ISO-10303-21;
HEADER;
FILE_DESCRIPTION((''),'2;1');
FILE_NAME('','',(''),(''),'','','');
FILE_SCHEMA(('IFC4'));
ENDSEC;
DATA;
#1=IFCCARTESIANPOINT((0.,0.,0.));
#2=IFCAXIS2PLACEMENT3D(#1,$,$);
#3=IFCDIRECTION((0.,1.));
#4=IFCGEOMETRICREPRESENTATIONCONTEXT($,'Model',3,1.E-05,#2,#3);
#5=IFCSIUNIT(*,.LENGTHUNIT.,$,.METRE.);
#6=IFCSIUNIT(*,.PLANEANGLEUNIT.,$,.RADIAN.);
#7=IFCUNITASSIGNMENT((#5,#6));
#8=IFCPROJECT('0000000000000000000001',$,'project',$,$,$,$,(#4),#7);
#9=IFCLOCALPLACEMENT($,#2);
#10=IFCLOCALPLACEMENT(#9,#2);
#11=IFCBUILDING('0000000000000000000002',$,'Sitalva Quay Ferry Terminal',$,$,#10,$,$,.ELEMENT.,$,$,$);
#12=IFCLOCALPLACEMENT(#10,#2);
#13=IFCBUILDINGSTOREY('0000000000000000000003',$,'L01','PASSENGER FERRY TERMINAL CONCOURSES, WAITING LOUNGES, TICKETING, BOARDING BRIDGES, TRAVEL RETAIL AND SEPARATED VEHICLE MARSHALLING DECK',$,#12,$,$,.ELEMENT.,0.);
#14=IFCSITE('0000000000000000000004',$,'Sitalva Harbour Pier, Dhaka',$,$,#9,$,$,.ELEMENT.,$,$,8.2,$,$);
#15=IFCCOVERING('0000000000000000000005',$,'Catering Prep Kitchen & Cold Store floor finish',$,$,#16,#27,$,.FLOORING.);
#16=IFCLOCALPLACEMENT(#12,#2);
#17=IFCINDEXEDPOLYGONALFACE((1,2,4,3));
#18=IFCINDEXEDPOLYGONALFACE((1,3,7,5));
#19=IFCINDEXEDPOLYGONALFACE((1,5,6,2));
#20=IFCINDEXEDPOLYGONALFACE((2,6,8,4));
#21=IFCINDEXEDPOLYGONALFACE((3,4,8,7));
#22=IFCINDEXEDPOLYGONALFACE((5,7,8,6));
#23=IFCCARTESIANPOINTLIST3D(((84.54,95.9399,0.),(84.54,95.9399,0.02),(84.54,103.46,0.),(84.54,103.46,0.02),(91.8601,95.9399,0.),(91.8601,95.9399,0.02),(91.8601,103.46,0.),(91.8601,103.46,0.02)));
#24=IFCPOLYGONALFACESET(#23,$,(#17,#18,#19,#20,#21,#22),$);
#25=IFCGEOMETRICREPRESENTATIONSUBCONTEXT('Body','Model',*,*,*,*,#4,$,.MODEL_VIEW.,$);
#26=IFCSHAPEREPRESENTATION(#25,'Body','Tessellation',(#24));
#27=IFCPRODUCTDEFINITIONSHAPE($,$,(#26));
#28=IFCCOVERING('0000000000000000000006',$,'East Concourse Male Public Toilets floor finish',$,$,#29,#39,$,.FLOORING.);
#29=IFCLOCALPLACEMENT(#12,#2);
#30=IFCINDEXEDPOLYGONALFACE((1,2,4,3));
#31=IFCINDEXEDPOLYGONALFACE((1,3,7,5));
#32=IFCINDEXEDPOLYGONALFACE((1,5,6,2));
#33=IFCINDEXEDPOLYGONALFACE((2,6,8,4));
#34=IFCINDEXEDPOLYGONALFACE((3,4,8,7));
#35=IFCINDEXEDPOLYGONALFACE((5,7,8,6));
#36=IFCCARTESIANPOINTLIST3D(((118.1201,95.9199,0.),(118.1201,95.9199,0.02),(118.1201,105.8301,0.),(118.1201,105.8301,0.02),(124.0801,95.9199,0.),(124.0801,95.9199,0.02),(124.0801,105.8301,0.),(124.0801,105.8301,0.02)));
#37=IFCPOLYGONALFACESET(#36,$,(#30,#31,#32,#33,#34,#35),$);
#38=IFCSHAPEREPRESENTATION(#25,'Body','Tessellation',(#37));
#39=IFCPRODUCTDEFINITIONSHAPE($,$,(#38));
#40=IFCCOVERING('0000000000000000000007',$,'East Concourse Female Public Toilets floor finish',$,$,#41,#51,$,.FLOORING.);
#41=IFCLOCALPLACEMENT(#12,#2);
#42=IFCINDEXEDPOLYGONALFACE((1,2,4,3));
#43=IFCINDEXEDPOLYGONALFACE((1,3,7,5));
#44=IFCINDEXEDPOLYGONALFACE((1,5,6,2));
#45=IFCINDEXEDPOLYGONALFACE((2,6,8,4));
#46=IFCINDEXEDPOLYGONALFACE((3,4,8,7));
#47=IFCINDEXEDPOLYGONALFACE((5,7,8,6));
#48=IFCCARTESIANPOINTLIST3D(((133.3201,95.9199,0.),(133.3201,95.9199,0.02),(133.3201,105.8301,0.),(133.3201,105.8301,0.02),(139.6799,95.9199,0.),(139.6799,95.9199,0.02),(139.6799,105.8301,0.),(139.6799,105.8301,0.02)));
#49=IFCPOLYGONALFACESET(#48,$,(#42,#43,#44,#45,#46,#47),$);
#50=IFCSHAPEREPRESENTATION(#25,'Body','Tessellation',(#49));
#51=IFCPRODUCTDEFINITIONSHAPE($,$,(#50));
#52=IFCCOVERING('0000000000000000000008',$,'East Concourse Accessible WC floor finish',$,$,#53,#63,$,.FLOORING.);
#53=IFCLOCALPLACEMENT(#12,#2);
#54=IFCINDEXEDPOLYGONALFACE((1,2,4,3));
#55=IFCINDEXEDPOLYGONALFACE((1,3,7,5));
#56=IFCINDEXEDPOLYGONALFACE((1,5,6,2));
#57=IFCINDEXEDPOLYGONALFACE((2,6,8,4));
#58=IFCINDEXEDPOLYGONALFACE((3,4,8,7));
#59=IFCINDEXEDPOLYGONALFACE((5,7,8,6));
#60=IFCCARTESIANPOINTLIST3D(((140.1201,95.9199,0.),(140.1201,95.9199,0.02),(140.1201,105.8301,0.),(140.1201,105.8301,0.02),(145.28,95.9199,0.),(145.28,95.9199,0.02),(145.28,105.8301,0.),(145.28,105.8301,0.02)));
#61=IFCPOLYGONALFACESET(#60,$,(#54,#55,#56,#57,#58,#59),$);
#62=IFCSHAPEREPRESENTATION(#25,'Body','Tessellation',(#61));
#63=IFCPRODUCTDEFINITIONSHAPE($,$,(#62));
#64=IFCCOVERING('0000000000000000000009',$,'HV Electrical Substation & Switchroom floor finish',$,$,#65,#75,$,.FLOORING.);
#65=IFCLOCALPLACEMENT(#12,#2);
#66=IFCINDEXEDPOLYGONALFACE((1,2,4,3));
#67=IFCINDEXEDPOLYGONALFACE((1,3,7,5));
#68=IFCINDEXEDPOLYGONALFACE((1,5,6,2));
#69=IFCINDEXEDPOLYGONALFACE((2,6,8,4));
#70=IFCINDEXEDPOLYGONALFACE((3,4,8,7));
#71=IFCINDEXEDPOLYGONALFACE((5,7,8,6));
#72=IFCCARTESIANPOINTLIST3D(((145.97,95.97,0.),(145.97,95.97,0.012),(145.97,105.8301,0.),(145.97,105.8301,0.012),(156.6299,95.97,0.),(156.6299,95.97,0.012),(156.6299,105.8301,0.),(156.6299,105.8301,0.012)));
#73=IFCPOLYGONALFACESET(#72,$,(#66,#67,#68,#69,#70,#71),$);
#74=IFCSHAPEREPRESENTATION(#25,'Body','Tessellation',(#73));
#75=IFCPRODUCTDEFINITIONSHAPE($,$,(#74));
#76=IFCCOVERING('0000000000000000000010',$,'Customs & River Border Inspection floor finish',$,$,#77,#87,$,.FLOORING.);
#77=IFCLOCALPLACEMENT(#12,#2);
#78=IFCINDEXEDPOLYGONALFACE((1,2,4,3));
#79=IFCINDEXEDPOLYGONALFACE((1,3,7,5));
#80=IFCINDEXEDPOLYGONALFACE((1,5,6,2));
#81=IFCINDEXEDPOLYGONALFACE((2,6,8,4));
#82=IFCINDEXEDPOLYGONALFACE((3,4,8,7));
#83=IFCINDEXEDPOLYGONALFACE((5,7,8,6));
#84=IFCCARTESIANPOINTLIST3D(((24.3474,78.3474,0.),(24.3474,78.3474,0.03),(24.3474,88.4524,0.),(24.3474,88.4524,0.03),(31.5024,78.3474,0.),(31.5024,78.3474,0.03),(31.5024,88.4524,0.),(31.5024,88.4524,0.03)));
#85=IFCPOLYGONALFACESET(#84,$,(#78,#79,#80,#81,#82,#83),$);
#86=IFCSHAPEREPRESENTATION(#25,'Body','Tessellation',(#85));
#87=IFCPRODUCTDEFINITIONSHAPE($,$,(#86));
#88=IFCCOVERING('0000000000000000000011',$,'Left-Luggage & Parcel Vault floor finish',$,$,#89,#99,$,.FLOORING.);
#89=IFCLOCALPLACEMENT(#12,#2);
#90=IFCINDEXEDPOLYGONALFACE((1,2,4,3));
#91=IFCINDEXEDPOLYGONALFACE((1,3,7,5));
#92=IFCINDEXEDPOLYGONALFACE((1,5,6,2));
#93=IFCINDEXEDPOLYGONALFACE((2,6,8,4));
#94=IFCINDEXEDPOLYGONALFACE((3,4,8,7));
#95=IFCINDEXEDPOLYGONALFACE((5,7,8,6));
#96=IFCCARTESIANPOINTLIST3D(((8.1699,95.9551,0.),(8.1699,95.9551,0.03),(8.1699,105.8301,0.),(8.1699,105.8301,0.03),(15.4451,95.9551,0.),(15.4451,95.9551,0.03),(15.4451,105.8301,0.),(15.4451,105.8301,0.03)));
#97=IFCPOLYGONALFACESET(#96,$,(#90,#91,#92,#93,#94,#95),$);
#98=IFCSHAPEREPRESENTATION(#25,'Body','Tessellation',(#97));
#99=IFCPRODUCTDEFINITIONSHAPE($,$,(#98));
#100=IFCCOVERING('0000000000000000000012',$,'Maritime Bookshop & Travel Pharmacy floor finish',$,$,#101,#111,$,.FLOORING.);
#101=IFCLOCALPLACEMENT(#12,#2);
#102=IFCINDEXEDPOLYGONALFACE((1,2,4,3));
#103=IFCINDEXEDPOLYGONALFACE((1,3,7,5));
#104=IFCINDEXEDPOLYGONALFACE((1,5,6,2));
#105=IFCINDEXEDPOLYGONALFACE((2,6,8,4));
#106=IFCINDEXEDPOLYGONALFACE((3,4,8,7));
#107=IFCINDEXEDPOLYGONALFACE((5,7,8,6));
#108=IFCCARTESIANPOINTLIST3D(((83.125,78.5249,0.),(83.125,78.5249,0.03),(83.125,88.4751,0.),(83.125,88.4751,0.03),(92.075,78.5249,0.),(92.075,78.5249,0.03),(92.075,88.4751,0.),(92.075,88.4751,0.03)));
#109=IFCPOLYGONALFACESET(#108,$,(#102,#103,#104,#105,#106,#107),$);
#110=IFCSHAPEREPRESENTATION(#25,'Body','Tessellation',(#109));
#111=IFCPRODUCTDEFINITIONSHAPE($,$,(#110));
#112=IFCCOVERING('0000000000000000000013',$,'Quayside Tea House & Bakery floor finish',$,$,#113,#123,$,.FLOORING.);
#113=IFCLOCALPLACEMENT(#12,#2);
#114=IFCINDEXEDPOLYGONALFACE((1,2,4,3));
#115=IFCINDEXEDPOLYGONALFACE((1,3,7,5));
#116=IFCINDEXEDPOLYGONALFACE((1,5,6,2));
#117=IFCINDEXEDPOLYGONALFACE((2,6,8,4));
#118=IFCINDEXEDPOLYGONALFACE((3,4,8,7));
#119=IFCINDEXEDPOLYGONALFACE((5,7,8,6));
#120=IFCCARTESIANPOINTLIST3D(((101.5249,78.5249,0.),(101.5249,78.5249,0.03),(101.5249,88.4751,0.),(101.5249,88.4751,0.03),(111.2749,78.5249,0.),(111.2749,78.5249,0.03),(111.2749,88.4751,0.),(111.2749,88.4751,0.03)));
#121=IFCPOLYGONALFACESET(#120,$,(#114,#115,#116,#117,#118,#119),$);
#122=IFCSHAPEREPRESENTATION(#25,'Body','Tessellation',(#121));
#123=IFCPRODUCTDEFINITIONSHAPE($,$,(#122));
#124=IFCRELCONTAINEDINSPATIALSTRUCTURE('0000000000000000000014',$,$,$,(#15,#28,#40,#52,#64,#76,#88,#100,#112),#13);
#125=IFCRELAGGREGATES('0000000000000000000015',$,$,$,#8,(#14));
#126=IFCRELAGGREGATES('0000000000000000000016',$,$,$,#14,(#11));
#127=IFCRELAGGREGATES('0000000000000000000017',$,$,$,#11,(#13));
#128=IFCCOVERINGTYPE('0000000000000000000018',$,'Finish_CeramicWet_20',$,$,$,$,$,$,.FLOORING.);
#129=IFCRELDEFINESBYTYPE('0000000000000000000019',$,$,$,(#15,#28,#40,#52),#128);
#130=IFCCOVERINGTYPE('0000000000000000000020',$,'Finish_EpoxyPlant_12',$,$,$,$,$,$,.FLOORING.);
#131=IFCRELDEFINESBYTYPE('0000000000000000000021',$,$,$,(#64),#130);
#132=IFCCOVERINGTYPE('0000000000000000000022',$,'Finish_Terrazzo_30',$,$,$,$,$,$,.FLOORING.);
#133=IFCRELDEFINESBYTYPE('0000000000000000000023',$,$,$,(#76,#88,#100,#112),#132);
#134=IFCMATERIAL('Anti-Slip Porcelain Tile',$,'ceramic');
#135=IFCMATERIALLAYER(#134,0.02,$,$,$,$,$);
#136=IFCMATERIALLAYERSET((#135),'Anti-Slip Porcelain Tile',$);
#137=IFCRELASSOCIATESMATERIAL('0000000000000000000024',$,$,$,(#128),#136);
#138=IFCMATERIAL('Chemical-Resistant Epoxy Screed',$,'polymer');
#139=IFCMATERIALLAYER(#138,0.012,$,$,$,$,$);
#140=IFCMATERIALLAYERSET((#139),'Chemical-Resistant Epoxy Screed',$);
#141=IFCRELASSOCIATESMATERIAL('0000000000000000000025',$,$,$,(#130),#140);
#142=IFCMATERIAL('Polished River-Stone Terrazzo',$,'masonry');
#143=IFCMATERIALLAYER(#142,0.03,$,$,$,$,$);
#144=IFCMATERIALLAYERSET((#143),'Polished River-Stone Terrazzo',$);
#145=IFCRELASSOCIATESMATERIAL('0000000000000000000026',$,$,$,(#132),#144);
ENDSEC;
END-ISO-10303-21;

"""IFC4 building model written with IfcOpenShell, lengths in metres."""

from ifc_helpers import new_model, si_unit, direction, origin, place, context, subcontext, project, spatial, polyline, outline, extrude, material, layer, layer_set, type_object, element, save


model = new_model("IFC4")

# Units and contexts
model_context = context("Model", 3, precision=1e-05, world=origin(), true_north=direction((0.0, 1.0)))
body_context = subcontext(model_context, "Body", "Model", "MODEL_VIEW")
ifc_project = project(units=[si_unit("LENGTHUNIT", "METRE"), si_unit("PLANEANGLEUNIT", "RADIAN")], contexts=[model_context])

# Site, building, storey
site_placement = place(None, origin())
site = spatial("IfcSite", under=ifc_project, at=site_placement, Name="Sitalva Harbour Pier, Dhaka", CompositionType="ELEMENT", RefElevation=8.2)
building_placement = place(site_placement, origin())
building = spatial("IfcBuilding", under=site, at=building_placement, Name="Sitalva Quay Ferry Terminal", CompositionType="ELEMENT")
storey_placement = place(building_placement, origin())
storey = spatial("IfcBuildingStorey", under=building, at=storey_placement, Name="L01", Description="PASSENGER FERRY TERMINAL CONCOURSES, WAITING LOUNGES, TICKETING, BOARDING BRIDGES, TRAVEL RETAIL AND SEPARATED VEHICLE MARSHALLING DECK", CompositionType="ELEMENT", Elevation=0.0)

# Coverings
ifc_material_1 = material(Name="Anti-Slip Porcelain Tile", Category="ceramic")
ifc_layer_1 = layer(ifc_material_1, 0.02)
ifc_layer_set_1 = layer_set([ifc_layer_1], Name="Anti-Slip Porcelain Tile")
covering_type_1 = type_object("IfcCoveringType", Name="Finish_CeramicWet_20", PredefinedType="FLOORING", material=ifc_layer_set_1)
covering_1_placement = place(storey_placement, origin())
element("IfcCovering", 1, at=covering_1_placement, inside=storey, type_object=covering_type_1, Name="Catering Prep Kitchen & Cold Store floor finish", PredefinedType="FLOORING", context=body_context, shape_type="SweptSolid", body=[
    extrude(outline(polyline([(84.54, 95.9399), (91.8601, 95.9399), (91.8601, 103.46), (84.54, 103.46), (84.54, 95.9399)])), origin(), (0.0, 0.0, 1.0), 0.02),
])
covering_2_placement = place(storey_placement, origin())
element("IfcCovering", 2, at=covering_2_placement, inside=storey, type_object=covering_type_1, Name="East Concourse Male Public Toilets floor finish", PredefinedType="FLOORING", context=body_context, shape_type="SweptSolid", body=[
    extrude(outline(polyline([(118.1201, 95.9199), (124.0801, 95.9199), (124.0801, 105.8301), (118.1201, 105.8301), (118.1201, 95.9199)])), origin(), (0.0, 0.0, 1.0), 0.02),
])
covering_3_placement = place(storey_placement, origin())
element("IfcCovering", 3, at=covering_3_placement, inside=storey, type_object=covering_type_1, Name="East Concourse Female Public Toilets floor finish", PredefinedType="FLOORING", context=body_context, shape_type="SweptSolid", body=[
    extrude(outline(polyline([(133.3201, 95.9199), (139.6799, 95.9199), (139.6799, 105.8301), (133.3201, 105.8301), (133.3201, 95.9199)])), origin(), (0.0, 0.0, 1.0), 0.02),
])
covering_4_placement = place(storey_placement, origin())
element("IfcCovering", 4, at=covering_4_placement, inside=storey, type_object=covering_type_1, Name="East Concourse Accessible WC floor finish", PredefinedType="FLOORING", context=body_context, shape_type="SweptSolid", body=[
    extrude(outline(polyline([(140.1201, 95.9199), (145.28, 95.9199), (145.28, 105.8301), (140.1201, 105.8301), (140.1201, 95.9199)])), origin(), (0.0, 0.0, 1.0), 0.02),
])
ifc_material_2 = material(Name="Chemical-Resistant Epoxy Screed", Category="polymer")
ifc_layer_2 = layer(ifc_material_2, 0.012)
ifc_layer_set_2 = layer_set([ifc_layer_2], Name="Chemical-Resistant Epoxy Screed")
covering_type_2 = type_object("IfcCoveringType", Name="Finish_EpoxyPlant_12", PredefinedType="FLOORING", material=ifc_layer_set_2)
covering_5_placement = place(storey_placement, origin())
element("IfcCovering", 5, at=covering_5_placement, inside=storey, type_object=covering_type_2, Name="HV Electrical Substation & Switchroom floor finish", PredefinedType="FLOORING", context=body_context, shape_type="SweptSolid", body=[
    extrude(outline(polyline([(145.97, 95.97), (156.6299, 95.97), (156.6299, 105.8301), (145.97, 105.8301), (145.97, 95.97)])), origin(), (0.0, 0.0, 1.0), 0.012),
])
ifc_material_3 = material(Name="Polished River-Stone Terrazzo", Category="masonry")
ifc_layer_3 = layer(ifc_material_3, 0.03)
ifc_layer_set_3 = layer_set([ifc_layer_3], Name="Polished River-Stone Terrazzo")
covering_type_3 = type_object("IfcCoveringType", Name="Finish_Terrazzo_30", PredefinedType="FLOORING", material=ifc_layer_set_3)
covering_6_placement = place(storey_placement, origin())
element("IfcCovering", 6, at=covering_6_placement, inside=storey, type_object=covering_type_3, Name="Customs & River Border Inspection floor finish", PredefinedType="FLOORING", context=body_context, shape_type="SweptSolid", body=[
    extrude(outline(polyline([(24.3474, 78.3474), (31.5024, 78.3474), (31.5024, 88.4524), (24.3474, 88.4524), (24.3474, 78.3474)])), origin(), (0.0, 0.0, 1.0), 0.03),
])
covering_7_placement = place(storey_placement, origin())
element("IfcCovering", 7, at=covering_7_placement, inside=storey, type_object=covering_type_3, Name="Left-Luggage & Parcel Vault floor finish", PredefinedType="FLOORING", context=body_context, shape_type="SweptSolid", body=[
    extrude(outline(polyline([(8.1699, 95.9551), (15.4451, 95.9551), (15.4451, 105.8301), (8.1699, 105.8301), (8.1699, 95.9551)])), origin(), (0.0, 0.0, 1.0), 0.03),
])
covering_8_placement = place(storey_placement, origin())
element("IfcCovering", 8, at=covering_8_placement, inside=storey, type_object=covering_type_3, Name="Maritime Bookshop & Travel Pharmacy floor finish", PredefinedType="FLOORING", context=body_context, shape_type="SweptSolid", body=[
    extrude(outline(polyline([(83.125, 78.5249), (92.075, 78.5249), (92.075, 88.4751), (83.125, 88.4751), (83.125, 78.5249)])), origin(), (0.0, 0.0, 1.0), 0.03),
])
covering_9_placement = place(storey_placement, origin())
element("IfcCovering", 9, at=covering_9_placement, inside=storey, type_object=covering_type_3, Name="Quayside Tea House & Bakery floor finish", PredefinedType="FLOORING", context=body_context, shape_type="SweptSolid", body=[
    extrude(outline(polyline([(101.5249, 78.5249), (111.2749, 78.5249), (111.2749, 88.4751), (101.5249, 88.4751), (101.5249, 78.5249)])), origin(), (0.0, 0.0, 1.0), 0.03),
])

save(model, "model.ifc")
